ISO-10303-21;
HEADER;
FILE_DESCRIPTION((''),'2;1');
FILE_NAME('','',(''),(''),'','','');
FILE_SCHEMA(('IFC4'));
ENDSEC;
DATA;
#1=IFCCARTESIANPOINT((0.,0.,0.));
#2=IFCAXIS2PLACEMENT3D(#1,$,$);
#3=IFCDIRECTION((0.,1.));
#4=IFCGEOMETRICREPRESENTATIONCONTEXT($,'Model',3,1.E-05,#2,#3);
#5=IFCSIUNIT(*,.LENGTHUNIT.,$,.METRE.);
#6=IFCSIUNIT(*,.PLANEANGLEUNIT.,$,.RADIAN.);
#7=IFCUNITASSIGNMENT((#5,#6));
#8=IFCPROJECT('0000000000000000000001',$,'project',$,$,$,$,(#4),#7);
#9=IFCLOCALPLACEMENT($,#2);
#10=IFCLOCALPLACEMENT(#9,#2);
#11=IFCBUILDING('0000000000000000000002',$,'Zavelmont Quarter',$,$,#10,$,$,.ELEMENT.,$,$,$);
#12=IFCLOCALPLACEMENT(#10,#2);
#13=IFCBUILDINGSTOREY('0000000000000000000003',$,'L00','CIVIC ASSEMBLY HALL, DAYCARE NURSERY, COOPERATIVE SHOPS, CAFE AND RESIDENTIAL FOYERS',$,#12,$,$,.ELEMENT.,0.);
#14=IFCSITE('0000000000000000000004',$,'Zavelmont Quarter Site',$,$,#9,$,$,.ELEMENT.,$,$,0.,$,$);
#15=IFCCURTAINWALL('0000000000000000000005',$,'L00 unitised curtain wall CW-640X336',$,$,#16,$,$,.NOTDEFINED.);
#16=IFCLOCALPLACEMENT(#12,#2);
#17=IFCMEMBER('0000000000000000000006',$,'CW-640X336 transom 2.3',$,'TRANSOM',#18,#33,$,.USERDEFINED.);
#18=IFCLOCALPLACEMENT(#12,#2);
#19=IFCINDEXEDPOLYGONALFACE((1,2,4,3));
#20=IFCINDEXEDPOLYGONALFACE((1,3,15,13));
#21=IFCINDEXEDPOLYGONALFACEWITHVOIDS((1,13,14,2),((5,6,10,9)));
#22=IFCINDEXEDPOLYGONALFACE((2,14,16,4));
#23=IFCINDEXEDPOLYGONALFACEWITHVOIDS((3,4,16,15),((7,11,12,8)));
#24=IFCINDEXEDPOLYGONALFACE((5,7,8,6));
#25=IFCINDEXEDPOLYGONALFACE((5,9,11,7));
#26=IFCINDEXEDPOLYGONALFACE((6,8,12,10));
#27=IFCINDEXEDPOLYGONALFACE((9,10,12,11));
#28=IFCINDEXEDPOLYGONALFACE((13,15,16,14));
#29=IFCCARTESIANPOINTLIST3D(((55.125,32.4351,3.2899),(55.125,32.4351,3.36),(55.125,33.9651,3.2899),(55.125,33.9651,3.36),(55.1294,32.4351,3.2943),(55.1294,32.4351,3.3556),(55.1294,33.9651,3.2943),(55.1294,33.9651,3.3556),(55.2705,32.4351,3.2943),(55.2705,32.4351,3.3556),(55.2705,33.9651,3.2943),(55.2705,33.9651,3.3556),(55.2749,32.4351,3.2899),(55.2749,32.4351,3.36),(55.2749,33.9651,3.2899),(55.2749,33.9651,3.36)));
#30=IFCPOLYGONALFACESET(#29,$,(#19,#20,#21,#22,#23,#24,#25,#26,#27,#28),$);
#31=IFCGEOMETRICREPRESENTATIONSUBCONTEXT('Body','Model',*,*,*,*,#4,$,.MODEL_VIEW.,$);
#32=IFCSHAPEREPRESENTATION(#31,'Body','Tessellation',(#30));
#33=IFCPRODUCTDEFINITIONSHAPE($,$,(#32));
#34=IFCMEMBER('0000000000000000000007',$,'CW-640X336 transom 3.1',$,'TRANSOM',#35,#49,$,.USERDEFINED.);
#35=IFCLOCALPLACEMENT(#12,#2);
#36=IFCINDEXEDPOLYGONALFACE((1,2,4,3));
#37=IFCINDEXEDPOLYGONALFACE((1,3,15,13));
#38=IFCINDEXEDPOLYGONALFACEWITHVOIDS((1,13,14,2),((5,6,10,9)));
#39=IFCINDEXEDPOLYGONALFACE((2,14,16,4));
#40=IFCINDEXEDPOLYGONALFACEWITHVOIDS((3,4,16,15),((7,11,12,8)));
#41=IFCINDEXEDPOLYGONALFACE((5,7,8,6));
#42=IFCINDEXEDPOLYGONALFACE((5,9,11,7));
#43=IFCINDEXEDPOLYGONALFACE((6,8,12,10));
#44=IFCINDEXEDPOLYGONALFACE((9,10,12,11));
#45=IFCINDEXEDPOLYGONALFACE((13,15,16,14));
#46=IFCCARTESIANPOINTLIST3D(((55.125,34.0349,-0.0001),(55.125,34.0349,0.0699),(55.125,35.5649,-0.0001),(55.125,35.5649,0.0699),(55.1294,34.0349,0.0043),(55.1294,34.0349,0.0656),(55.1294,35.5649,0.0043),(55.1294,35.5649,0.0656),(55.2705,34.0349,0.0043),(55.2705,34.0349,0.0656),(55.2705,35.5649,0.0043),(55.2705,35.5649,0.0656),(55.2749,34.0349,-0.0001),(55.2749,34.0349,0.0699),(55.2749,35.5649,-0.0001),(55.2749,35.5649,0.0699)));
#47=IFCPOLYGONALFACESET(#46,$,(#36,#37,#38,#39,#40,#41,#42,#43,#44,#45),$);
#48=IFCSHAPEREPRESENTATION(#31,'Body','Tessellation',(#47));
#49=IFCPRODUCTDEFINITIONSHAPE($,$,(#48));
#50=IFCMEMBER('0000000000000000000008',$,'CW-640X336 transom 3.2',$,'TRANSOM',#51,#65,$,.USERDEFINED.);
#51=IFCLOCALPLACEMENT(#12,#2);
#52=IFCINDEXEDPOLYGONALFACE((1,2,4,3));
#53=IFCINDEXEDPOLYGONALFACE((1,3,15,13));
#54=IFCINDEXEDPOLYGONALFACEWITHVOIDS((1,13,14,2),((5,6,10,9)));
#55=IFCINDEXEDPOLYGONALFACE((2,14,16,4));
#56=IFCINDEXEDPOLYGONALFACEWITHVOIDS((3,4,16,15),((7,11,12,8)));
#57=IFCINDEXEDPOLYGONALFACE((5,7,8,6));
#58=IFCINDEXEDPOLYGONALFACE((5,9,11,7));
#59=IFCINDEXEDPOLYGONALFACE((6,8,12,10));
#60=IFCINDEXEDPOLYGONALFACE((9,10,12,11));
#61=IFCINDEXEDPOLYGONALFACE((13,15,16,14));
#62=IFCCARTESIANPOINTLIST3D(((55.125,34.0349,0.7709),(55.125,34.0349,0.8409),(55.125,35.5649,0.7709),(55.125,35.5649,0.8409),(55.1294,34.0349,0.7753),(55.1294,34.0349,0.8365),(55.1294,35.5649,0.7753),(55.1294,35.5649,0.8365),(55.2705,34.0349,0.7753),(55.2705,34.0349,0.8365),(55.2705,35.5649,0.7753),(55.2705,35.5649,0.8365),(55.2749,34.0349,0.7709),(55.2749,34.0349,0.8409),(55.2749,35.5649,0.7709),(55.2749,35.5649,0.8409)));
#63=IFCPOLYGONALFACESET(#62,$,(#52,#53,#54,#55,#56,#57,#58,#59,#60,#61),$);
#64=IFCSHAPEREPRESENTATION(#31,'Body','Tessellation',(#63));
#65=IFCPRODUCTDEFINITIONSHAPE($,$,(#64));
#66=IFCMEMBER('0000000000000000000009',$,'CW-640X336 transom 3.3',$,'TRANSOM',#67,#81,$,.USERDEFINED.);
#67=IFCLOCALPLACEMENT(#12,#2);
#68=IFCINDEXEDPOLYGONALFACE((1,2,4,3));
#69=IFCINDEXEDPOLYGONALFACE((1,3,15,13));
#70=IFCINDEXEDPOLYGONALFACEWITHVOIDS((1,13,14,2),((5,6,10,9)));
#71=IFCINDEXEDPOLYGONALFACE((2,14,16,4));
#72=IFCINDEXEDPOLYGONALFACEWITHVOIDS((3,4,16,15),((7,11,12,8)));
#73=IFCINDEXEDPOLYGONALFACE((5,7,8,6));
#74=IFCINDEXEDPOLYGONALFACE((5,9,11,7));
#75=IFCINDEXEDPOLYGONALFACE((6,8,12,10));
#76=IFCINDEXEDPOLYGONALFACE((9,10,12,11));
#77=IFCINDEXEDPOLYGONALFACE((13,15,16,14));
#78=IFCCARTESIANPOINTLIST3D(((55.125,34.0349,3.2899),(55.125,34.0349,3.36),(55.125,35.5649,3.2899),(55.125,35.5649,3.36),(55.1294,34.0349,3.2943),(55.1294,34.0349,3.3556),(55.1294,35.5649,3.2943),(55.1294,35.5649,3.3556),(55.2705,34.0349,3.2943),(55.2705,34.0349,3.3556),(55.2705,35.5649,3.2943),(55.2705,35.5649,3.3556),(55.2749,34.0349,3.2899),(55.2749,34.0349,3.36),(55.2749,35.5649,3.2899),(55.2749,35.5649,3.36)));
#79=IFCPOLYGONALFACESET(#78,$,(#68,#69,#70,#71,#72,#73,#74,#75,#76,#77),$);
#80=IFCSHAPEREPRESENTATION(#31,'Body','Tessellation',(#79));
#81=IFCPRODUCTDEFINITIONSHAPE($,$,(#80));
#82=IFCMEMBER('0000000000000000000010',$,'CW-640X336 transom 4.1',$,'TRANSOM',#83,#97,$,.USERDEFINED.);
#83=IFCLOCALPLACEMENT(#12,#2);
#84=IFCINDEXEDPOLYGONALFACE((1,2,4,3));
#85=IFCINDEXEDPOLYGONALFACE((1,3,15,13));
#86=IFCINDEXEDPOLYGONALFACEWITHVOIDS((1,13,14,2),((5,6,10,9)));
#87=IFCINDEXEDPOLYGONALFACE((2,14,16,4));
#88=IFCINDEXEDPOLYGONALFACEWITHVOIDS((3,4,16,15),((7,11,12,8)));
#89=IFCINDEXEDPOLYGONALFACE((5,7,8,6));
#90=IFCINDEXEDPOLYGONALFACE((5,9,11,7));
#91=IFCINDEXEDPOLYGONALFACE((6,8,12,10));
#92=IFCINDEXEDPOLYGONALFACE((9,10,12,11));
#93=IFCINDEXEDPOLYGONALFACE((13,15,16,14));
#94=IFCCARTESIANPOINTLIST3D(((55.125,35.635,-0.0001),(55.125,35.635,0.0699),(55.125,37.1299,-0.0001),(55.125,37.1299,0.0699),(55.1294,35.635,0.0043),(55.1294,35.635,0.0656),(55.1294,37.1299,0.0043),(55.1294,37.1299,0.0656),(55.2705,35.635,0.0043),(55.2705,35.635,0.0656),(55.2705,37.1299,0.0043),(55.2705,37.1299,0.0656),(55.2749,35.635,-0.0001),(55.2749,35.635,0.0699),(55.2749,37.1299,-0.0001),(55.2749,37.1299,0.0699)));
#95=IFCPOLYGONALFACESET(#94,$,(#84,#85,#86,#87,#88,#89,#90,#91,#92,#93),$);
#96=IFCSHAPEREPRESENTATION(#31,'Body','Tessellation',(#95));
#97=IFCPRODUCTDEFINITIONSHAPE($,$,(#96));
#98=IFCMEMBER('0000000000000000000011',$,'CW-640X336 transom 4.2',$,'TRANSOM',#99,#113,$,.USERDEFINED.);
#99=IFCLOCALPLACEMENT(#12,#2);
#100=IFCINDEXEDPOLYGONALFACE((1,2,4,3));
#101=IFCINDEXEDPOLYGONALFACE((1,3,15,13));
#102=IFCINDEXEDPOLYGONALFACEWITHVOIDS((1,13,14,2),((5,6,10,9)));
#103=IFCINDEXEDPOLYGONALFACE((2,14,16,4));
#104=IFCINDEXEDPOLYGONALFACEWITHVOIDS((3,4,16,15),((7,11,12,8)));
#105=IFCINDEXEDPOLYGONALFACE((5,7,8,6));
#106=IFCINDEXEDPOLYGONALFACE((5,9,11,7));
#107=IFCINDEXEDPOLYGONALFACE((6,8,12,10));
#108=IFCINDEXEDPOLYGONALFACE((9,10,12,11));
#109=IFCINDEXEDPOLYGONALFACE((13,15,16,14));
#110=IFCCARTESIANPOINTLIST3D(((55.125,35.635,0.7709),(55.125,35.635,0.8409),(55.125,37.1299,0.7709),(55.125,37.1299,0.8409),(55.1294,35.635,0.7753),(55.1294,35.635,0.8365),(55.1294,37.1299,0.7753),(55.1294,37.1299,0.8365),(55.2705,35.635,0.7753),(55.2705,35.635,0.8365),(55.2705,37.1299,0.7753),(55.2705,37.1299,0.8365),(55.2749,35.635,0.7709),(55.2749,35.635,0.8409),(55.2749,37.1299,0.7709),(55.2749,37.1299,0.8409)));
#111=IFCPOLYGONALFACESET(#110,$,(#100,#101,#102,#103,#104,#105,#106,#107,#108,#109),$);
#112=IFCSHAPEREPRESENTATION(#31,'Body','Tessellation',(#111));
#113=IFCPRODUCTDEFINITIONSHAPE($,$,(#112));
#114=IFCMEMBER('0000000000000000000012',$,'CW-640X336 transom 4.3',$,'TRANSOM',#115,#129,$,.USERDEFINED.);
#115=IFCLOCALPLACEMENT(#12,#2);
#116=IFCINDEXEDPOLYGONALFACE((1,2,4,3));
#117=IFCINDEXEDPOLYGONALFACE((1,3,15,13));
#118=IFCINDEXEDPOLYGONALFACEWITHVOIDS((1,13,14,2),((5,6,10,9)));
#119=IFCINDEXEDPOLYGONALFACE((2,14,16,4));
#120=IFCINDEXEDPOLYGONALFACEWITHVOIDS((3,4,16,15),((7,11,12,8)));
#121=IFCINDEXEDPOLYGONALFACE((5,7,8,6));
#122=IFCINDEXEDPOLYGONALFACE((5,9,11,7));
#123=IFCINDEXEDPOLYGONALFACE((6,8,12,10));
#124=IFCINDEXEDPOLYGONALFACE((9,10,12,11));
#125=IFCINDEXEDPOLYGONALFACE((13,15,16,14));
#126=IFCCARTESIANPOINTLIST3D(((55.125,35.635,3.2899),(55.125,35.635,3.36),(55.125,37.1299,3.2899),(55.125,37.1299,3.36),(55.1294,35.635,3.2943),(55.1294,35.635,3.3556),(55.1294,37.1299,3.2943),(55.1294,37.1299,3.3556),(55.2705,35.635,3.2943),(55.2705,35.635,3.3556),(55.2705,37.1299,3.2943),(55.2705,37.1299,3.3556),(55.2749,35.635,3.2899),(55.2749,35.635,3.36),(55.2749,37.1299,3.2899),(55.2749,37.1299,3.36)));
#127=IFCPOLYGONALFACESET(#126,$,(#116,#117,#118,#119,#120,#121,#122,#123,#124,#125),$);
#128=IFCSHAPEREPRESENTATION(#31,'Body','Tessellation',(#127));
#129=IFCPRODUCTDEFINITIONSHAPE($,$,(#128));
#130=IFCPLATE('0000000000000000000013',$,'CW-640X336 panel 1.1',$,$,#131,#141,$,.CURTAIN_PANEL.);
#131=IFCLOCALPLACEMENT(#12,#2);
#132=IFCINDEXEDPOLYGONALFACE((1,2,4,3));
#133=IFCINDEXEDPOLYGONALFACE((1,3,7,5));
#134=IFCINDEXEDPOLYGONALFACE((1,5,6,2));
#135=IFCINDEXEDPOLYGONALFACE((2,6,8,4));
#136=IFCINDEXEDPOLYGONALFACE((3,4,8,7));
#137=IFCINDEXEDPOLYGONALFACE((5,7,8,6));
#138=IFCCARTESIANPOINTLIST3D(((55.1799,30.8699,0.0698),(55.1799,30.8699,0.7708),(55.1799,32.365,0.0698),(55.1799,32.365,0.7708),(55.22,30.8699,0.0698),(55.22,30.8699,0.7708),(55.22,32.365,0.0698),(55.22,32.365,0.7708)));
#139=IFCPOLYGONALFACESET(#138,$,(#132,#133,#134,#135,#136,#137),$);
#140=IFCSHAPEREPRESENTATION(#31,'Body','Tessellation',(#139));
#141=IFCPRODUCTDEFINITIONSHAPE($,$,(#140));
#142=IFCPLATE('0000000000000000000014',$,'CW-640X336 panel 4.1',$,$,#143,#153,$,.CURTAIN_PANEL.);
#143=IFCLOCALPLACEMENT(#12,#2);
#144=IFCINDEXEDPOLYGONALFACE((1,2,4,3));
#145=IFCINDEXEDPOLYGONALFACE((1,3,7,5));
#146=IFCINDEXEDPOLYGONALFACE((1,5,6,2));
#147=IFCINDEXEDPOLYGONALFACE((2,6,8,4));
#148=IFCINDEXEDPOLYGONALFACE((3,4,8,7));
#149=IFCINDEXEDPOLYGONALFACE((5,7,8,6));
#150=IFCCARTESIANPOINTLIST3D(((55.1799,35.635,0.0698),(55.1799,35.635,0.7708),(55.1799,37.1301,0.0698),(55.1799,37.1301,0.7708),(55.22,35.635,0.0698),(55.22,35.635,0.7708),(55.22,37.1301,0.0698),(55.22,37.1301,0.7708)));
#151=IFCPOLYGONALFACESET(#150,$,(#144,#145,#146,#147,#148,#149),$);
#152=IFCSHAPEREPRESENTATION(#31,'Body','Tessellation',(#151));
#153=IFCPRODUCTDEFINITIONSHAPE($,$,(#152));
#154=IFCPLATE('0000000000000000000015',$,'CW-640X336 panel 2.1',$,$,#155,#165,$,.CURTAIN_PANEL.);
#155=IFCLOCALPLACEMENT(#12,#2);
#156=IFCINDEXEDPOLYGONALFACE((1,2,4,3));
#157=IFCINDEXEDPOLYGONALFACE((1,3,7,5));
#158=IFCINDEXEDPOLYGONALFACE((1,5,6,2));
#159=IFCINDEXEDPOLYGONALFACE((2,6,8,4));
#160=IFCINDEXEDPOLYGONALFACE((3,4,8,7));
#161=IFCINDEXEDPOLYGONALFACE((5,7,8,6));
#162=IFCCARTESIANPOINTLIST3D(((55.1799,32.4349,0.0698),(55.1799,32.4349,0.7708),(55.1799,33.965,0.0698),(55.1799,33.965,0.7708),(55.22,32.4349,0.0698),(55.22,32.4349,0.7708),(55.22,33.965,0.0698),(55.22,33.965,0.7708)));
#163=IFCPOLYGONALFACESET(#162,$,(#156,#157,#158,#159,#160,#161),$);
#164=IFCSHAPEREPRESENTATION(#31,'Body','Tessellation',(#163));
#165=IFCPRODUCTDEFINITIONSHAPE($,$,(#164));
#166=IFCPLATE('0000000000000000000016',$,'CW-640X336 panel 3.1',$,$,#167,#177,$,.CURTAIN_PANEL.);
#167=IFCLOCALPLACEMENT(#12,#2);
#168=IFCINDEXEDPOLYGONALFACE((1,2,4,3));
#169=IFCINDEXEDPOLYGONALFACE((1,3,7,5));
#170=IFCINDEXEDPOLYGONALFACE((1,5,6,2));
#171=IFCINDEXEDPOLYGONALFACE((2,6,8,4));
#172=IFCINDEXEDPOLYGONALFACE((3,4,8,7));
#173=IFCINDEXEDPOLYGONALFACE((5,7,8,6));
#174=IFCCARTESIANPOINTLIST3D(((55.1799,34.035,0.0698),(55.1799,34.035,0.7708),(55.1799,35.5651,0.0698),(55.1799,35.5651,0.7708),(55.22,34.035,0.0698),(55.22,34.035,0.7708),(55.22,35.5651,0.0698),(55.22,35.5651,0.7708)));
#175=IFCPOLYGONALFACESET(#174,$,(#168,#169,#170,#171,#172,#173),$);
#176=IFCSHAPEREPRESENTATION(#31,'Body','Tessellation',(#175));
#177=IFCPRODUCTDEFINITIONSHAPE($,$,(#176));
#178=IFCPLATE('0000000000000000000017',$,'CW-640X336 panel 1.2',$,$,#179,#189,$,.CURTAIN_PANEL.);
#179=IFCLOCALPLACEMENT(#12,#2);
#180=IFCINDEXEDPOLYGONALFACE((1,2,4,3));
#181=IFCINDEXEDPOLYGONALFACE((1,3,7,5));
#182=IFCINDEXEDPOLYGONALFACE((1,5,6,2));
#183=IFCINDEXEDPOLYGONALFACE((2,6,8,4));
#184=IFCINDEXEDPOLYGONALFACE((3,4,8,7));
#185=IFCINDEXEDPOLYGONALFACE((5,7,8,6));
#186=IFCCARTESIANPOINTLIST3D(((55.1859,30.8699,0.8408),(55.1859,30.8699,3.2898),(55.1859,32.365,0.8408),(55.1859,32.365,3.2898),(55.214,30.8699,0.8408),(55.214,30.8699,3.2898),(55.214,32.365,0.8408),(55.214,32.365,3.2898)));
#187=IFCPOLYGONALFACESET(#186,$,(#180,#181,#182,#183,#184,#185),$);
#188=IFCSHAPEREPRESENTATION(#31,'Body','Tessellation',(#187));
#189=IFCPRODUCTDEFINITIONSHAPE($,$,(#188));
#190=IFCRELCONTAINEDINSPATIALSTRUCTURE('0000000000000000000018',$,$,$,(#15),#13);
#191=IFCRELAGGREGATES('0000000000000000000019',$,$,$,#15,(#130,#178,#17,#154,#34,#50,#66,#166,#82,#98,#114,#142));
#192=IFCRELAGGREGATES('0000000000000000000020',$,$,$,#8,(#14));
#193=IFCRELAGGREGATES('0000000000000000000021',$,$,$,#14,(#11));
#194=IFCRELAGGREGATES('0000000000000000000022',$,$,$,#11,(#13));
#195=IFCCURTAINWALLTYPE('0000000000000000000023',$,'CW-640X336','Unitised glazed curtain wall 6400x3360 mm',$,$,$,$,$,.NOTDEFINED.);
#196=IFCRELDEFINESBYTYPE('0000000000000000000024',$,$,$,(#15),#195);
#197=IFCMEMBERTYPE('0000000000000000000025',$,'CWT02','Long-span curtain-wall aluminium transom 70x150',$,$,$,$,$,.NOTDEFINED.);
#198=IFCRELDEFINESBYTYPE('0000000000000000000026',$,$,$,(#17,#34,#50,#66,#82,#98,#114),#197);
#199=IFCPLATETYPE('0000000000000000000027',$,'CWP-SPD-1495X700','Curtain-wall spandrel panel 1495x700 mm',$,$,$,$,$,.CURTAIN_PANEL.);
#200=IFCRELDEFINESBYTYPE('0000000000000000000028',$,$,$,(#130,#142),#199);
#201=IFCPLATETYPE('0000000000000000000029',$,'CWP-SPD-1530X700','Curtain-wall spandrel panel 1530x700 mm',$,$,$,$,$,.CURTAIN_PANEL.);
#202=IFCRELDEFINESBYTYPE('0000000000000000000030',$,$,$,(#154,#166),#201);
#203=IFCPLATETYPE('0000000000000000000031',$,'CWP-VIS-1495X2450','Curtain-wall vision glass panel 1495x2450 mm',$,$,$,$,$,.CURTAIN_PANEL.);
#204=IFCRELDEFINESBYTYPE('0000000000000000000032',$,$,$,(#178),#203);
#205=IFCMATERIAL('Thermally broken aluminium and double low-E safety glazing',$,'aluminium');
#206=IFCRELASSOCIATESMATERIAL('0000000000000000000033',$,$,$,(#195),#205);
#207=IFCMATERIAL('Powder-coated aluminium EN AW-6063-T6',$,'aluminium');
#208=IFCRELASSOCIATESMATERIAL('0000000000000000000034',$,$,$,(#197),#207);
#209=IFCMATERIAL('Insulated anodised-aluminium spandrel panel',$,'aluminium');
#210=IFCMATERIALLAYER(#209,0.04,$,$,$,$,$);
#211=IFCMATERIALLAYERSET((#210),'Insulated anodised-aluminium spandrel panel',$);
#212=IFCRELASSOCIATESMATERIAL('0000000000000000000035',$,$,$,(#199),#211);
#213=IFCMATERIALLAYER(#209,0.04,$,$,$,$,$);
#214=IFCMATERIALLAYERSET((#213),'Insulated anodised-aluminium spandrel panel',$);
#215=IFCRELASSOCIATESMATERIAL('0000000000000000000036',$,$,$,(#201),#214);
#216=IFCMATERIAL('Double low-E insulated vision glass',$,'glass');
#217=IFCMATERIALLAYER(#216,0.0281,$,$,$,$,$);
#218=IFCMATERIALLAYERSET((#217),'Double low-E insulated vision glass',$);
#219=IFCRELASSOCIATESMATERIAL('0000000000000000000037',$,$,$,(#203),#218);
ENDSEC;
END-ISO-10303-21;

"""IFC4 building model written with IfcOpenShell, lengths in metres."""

from ifc_helpers import new_model, si_unit, direction, frame, origin, origin_2d, place, context, subcontext, project, spatial, rectangle, hollow_rectangle, extrude, material, layer, layer_set, material_profile, profile_set, type_object, element, aggregate, save


model = new_model("IFC4")

# Units and contexts
model_context = context("Model", 3, precision=1e-05, world=origin(), true_north=direction((0.0, 1.0)))
body_context = subcontext(model_context, "Body", "Model", "MODEL_VIEW")
ifc_project = project(units=[si_unit("LENGTHUNIT", "METRE"), si_unit("PLANEANGLEUNIT", "RADIAN")], contexts=[model_context])

# Site, building, storey
site_placement = place(None, origin())
site = spatial("IfcSite", under=ifc_project, at=site_placement, Name="Zavelmont Quarter Site", CompositionType="ELEMENT", RefElevation=0.0)
building_placement = place(site_placement, origin())
building = spatial("IfcBuilding", under=site, at=building_placement, Name="Zavelmont Quarter", CompositionType="ELEMENT")
storey_placement = place(building_placement, origin())
storey = spatial("IfcBuildingStorey", under=building, at=storey_placement, Name="L00", Description="CIVIC ASSEMBLY HALL, DAYCARE NURSERY, COOPERATIVE SHOPS, CAFE AND RESIDENTIAL FOYERS", CompositionType="ELEMENT", Elevation=0.0)

# Curtain wall, members, plates
ifc_material_1 = material(Name="Thermally broken aluminium and double low-E safety glazing", Category="aluminium")
curtain_wall_type = type_object("IfcCurtainWallType", Name="CW-640X336", Description="Unitised glazed curtain wall 6400x3360 mm", PredefinedType="NOTDEFINED", material=ifc_material_1)
curtain_wall_placement = place(storey_placement, origin())
curtain_wall = element("IfcCurtainWall", 1, at=curtain_wall_placement, inside=storey, type_object=curtain_wall_type, Name="L00 unitised curtain wall CW-640X336", PredefinedType="NOTDEFINED")
ifc_material_2 = material(Name="Powder-coated aluminium EN AW-6063-T6", Category="aluminium")
ifc_material_profile_1 = material_profile(ifc_material_2, hollow_rectangle(XDim=0.1499, YDim=0.0701, WallThickness=0.0044, at=origin_2d()), Name="CWT70X150")
ifc_profile_set_1 = profile_set([ifc_material_profile_1], Name="Powder-coated aluminium EN AW-6063-T6")
member_type_1 = type_object("IfcMemberType", Name="CWT02", Description="Long-span curtain-wall aluminium transom 70x150", PredefinedType="NOTDEFINED", material=ifc_profile_set_1)
member_1_placement = place(storey_placement, frame((55.2, 32.4351, 3.325), z_axis=(0.0, 1.0, 0.0), x_axis=(-1.0, 0.0, 0.0)))
member_1 = element("IfcMember", 2, at=member_1_placement, type_object=member_type_1, Name="CW-640X336 transom 2.3", ObjectType="TRANSOM", PredefinedType="USERDEFINED", context=body_context, shape_type="SweptSolid", body=[
    extrude(hollow_rectangle(XDim=0.1499, YDim=0.0701, WallThickness=0.0044, at=origin_2d()), origin(), (0.0, 0.0, 1.0), 1.53),
])
member_2_placement = place(storey_placement, frame((55.2, 34.0349, 0.0349), z_axis=(0.0, 1.0, 0.0), x_axis=(-1.0, 0.0, 0.0)))
member_2 = element("IfcMember", 3, at=member_2_placement, type_object=member_type_1, Name="CW-640X336 transom 3.1", ObjectType="TRANSOM", PredefinedType="USERDEFINED", context=body_context, shape_type="SweptSolid", body=[
    extrude(hollow_rectangle(XDim=0.1499, YDim=0.0701, WallThickness=0.0044, at=origin_2d()), origin(), (0.0, 0.0, 1.0), 1.53),
])
member_3_placement = place(storey_placement, frame((55.2, 34.0349, 0.8059), z_axis=(0.0, 1.0, 0.0), x_axis=(-1.0, 0.0, 0.0)))
member_3 = element("IfcMember", 4, at=member_3_placement, type_object=member_type_1, Name="CW-640X336 transom 3.2", ObjectType="TRANSOM", PredefinedType="USERDEFINED", context=body_context, shape_type="SweptSolid", body=[
    extrude(hollow_rectangle(XDim=0.1499, YDim=0.0701, WallThickness=0.0044, at=origin_2d()), origin(), (0.0, 0.0, 1.0), 1.53),
])
member_4_placement = place(storey_placement, frame((55.2, 34.0349, 3.325), z_axis=(0.0, 1.0, 0.0), x_axis=(-1.0, 0.0, 0.0)))
member_4 = element("IfcMember", 5, at=member_4_placement, type_object=member_type_1, Name="CW-640X336 transom 3.3", ObjectType="TRANSOM", PredefinedType="USERDEFINED", context=body_context, shape_type="SweptSolid", body=[
    extrude(hollow_rectangle(XDim=0.1499, YDim=0.0701, WallThickness=0.0044, at=origin_2d()), origin(), (0.0, 0.0, 1.0), 1.53),
])
member_5_placement = place(storey_placement, frame((55.2, 35.635, 0.0349), z_axis=(0.0, 1.0, 0.0), x_axis=(-1.0, 0.0, 0.0)))
member_5 = element("IfcMember", 6, at=member_5_placement, type_object=member_type_1, Name="CW-640X336 transom 4.1", ObjectType="TRANSOM", PredefinedType="USERDEFINED", context=body_context, shape_type="SweptSolid", body=[
    extrude(hollow_rectangle(XDim=0.1499, YDim=0.0701, WallThickness=0.0044, at=origin_2d()), origin(), (0.0, 0.0, 1.0), 1.4949),
])
member_6_placement = place(storey_placement, frame((55.2, 35.635, 0.8059), z_axis=(0.0, 1.0, 0.0), x_axis=(-1.0, 0.0, 0.0)))
member_6 = element("IfcMember", 7, at=member_6_placement, type_object=member_type_1, Name="CW-640X336 transom 4.2", ObjectType="TRANSOM", PredefinedType="USERDEFINED", context=body_context, shape_type="SweptSolid", body=[
    extrude(hollow_rectangle(XDim=0.1499, YDim=0.0701, WallThickness=0.0044, at=origin_2d()), origin(), (0.0, 0.0, 1.0), 1.4949),
])
member_7_placement = place(storey_placement, frame((55.2, 35.635, 3.325), z_axis=(0.0, 1.0, 0.0), x_axis=(-1.0, 0.0, 0.0)))
member_7 = element("IfcMember", 8, at=member_7_placement, type_object=member_type_1, Name="CW-640X336 transom 4.3", ObjectType="TRANSOM", PredefinedType="USERDEFINED", context=body_context, shape_type="SweptSolid", body=[
    extrude(hollow_rectangle(XDim=0.1499, YDim=0.0701, WallThickness=0.0044, at=origin_2d()), origin(), (0.0, 0.0, 1.0), 1.4949),
])
ifc_material_3 = material(Name="Insulated anodised-aluminium spandrel panel", Category="aluminium")
ifc_layer_1 = layer(ifc_material_3, 0.04)
ifc_layer_set_1 = layer_set([ifc_layer_1], Name="Insulated anodised-aluminium spandrel panel")
plate_type_1 = type_object("IfcPlateType", Name="CWP-SPD-1495X700", Description="Curtain-wall spandrel panel 1495x700 mm", PredefinedType="CURTAIN_PANEL", material=ifc_layer_set_1)
plate_1_placement = place(storey_placement, frame((55.2, 31.6174, 0.0698), z_axis=(0.0, 0.0, 1.0), x_axis=(0.0, 1.0, 0.0)))
plate_1 = element("IfcPlate", 9, at=plate_1_placement, type_object=plate_type_1, Name="CW-640X336 panel 1.1", PredefinedType="CURTAIN_PANEL", context=body_context, shape_type="SweptSolid", body=[
    extrude(rectangle(XDim=1.4951, YDim=0.04, at=origin_2d()), origin(), (0.0, 0.0, 1.0), 0.7009),
])
plate_2_placement = place(storey_placement, frame((55.2, 36.3826, 0.0698), z_axis=(0.0, 0.0, 1.0), x_axis=(0.0, 1.0, 0.0)))
plate_2 = element("IfcPlate", 10, at=plate_2_placement, type_object=plate_type_1, Name="CW-640X336 panel 4.1", PredefinedType="CURTAIN_PANEL", context=body_context, shape_type="SweptSolid", body=[
    extrude(rectangle(XDim=1.4951, YDim=0.04, at=origin_2d()), origin(), (0.0, 0.0, 1.0), 0.7009),
])
ifc_layer_2 = layer(ifc_material_3, 0.04)
ifc_layer_set_2 = layer_set([ifc_layer_2], Name="Insulated anodised-aluminium spandrel panel")
plate_type_2 = type_object("IfcPlateType", Name="CWP-SPD-1530X700", Description="Curtain-wall spandrel panel 1530x700 mm", PredefinedType="CURTAIN_PANEL", material=ifc_layer_set_2)
plate_3_placement = place(storey_placement, frame((55.2, 33.2, 0.0698), z_axis=(0.0, 0.0, 1.0), x_axis=(0.0, 1.0, 0.0)))
plate_3 = element("IfcPlate", 11, at=plate_3_placement, type_object=plate_type_2, Name="CW-640X336 panel 2.1", PredefinedType="CURTAIN_PANEL", context=body_context, shape_type="SweptSolid", body=[
    extrude(rectangle(XDim=1.53, YDim=0.04, at=origin_2d()), origin(), (0.0, 0.0, 1.0), 0.7009),
])
plate_4_placement = place(storey_placement, frame((55.2, 34.8, 0.0698), z_axis=(0.0, 0.0, 1.0), x_axis=(0.0, 1.0, 0.0)))
plate_4 = element("IfcPlate", 12, at=plate_4_placement, type_object=plate_type_2, Name="CW-640X336 panel 3.1", PredefinedType="CURTAIN_PANEL", context=body_context, shape_type="SweptSolid", body=[
    extrude(rectangle(XDim=1.53, YDim=0.04, at=origin_2d()), origin(), (0.0, 0.0, 1.0), 0.7009),
])
ifc_material_4 = material(Name="Double low-E insulated vision glass", Category="glass")
ifc_layer_3 = layer(ifc_material_4, 0.0281)
ifc_layer_set_3 = layer_set([ifc_layer_3], Name="Double low-E insulated vision glass")
plate_type_3 = type_object("IfcPlateType", Name="CWP-VIS-1495X2450", Description="Curtain-wall vision glass panel 1495x2450 mm", PredefinedType="CURTAIN_PANEL", material=ifc_layer_set_3)
plate_5_placement = place(storey_placement, frame((55.2, 31.6174, 0.8408), z_axis=(0.0, 0.0, 1.0), x_axis=(0.0, 1.0, 0.0)))
plate_5 = element("IfcPlate", 13, at=plate_5_placement, type_object=plate_type_3, Name="CW-640X336 panel 1.2", PredefinedType="CURTAIN_PANEL", context=body_context, shape_type="SweptSolid", body=[
    extrude(rectangle(XDim=1.4951, YDim=0.0281, at=origin_2d()), origin(), (0.0, 0.0, 1.0), 2.449),
])
aggregate(curtain_wall, [plate_1, plate_5, member_1, plate_3, member_2, member_3, member_4, plate_4, member_5, member_6, member_7, plate_2])

save(model, "model.ifc")
